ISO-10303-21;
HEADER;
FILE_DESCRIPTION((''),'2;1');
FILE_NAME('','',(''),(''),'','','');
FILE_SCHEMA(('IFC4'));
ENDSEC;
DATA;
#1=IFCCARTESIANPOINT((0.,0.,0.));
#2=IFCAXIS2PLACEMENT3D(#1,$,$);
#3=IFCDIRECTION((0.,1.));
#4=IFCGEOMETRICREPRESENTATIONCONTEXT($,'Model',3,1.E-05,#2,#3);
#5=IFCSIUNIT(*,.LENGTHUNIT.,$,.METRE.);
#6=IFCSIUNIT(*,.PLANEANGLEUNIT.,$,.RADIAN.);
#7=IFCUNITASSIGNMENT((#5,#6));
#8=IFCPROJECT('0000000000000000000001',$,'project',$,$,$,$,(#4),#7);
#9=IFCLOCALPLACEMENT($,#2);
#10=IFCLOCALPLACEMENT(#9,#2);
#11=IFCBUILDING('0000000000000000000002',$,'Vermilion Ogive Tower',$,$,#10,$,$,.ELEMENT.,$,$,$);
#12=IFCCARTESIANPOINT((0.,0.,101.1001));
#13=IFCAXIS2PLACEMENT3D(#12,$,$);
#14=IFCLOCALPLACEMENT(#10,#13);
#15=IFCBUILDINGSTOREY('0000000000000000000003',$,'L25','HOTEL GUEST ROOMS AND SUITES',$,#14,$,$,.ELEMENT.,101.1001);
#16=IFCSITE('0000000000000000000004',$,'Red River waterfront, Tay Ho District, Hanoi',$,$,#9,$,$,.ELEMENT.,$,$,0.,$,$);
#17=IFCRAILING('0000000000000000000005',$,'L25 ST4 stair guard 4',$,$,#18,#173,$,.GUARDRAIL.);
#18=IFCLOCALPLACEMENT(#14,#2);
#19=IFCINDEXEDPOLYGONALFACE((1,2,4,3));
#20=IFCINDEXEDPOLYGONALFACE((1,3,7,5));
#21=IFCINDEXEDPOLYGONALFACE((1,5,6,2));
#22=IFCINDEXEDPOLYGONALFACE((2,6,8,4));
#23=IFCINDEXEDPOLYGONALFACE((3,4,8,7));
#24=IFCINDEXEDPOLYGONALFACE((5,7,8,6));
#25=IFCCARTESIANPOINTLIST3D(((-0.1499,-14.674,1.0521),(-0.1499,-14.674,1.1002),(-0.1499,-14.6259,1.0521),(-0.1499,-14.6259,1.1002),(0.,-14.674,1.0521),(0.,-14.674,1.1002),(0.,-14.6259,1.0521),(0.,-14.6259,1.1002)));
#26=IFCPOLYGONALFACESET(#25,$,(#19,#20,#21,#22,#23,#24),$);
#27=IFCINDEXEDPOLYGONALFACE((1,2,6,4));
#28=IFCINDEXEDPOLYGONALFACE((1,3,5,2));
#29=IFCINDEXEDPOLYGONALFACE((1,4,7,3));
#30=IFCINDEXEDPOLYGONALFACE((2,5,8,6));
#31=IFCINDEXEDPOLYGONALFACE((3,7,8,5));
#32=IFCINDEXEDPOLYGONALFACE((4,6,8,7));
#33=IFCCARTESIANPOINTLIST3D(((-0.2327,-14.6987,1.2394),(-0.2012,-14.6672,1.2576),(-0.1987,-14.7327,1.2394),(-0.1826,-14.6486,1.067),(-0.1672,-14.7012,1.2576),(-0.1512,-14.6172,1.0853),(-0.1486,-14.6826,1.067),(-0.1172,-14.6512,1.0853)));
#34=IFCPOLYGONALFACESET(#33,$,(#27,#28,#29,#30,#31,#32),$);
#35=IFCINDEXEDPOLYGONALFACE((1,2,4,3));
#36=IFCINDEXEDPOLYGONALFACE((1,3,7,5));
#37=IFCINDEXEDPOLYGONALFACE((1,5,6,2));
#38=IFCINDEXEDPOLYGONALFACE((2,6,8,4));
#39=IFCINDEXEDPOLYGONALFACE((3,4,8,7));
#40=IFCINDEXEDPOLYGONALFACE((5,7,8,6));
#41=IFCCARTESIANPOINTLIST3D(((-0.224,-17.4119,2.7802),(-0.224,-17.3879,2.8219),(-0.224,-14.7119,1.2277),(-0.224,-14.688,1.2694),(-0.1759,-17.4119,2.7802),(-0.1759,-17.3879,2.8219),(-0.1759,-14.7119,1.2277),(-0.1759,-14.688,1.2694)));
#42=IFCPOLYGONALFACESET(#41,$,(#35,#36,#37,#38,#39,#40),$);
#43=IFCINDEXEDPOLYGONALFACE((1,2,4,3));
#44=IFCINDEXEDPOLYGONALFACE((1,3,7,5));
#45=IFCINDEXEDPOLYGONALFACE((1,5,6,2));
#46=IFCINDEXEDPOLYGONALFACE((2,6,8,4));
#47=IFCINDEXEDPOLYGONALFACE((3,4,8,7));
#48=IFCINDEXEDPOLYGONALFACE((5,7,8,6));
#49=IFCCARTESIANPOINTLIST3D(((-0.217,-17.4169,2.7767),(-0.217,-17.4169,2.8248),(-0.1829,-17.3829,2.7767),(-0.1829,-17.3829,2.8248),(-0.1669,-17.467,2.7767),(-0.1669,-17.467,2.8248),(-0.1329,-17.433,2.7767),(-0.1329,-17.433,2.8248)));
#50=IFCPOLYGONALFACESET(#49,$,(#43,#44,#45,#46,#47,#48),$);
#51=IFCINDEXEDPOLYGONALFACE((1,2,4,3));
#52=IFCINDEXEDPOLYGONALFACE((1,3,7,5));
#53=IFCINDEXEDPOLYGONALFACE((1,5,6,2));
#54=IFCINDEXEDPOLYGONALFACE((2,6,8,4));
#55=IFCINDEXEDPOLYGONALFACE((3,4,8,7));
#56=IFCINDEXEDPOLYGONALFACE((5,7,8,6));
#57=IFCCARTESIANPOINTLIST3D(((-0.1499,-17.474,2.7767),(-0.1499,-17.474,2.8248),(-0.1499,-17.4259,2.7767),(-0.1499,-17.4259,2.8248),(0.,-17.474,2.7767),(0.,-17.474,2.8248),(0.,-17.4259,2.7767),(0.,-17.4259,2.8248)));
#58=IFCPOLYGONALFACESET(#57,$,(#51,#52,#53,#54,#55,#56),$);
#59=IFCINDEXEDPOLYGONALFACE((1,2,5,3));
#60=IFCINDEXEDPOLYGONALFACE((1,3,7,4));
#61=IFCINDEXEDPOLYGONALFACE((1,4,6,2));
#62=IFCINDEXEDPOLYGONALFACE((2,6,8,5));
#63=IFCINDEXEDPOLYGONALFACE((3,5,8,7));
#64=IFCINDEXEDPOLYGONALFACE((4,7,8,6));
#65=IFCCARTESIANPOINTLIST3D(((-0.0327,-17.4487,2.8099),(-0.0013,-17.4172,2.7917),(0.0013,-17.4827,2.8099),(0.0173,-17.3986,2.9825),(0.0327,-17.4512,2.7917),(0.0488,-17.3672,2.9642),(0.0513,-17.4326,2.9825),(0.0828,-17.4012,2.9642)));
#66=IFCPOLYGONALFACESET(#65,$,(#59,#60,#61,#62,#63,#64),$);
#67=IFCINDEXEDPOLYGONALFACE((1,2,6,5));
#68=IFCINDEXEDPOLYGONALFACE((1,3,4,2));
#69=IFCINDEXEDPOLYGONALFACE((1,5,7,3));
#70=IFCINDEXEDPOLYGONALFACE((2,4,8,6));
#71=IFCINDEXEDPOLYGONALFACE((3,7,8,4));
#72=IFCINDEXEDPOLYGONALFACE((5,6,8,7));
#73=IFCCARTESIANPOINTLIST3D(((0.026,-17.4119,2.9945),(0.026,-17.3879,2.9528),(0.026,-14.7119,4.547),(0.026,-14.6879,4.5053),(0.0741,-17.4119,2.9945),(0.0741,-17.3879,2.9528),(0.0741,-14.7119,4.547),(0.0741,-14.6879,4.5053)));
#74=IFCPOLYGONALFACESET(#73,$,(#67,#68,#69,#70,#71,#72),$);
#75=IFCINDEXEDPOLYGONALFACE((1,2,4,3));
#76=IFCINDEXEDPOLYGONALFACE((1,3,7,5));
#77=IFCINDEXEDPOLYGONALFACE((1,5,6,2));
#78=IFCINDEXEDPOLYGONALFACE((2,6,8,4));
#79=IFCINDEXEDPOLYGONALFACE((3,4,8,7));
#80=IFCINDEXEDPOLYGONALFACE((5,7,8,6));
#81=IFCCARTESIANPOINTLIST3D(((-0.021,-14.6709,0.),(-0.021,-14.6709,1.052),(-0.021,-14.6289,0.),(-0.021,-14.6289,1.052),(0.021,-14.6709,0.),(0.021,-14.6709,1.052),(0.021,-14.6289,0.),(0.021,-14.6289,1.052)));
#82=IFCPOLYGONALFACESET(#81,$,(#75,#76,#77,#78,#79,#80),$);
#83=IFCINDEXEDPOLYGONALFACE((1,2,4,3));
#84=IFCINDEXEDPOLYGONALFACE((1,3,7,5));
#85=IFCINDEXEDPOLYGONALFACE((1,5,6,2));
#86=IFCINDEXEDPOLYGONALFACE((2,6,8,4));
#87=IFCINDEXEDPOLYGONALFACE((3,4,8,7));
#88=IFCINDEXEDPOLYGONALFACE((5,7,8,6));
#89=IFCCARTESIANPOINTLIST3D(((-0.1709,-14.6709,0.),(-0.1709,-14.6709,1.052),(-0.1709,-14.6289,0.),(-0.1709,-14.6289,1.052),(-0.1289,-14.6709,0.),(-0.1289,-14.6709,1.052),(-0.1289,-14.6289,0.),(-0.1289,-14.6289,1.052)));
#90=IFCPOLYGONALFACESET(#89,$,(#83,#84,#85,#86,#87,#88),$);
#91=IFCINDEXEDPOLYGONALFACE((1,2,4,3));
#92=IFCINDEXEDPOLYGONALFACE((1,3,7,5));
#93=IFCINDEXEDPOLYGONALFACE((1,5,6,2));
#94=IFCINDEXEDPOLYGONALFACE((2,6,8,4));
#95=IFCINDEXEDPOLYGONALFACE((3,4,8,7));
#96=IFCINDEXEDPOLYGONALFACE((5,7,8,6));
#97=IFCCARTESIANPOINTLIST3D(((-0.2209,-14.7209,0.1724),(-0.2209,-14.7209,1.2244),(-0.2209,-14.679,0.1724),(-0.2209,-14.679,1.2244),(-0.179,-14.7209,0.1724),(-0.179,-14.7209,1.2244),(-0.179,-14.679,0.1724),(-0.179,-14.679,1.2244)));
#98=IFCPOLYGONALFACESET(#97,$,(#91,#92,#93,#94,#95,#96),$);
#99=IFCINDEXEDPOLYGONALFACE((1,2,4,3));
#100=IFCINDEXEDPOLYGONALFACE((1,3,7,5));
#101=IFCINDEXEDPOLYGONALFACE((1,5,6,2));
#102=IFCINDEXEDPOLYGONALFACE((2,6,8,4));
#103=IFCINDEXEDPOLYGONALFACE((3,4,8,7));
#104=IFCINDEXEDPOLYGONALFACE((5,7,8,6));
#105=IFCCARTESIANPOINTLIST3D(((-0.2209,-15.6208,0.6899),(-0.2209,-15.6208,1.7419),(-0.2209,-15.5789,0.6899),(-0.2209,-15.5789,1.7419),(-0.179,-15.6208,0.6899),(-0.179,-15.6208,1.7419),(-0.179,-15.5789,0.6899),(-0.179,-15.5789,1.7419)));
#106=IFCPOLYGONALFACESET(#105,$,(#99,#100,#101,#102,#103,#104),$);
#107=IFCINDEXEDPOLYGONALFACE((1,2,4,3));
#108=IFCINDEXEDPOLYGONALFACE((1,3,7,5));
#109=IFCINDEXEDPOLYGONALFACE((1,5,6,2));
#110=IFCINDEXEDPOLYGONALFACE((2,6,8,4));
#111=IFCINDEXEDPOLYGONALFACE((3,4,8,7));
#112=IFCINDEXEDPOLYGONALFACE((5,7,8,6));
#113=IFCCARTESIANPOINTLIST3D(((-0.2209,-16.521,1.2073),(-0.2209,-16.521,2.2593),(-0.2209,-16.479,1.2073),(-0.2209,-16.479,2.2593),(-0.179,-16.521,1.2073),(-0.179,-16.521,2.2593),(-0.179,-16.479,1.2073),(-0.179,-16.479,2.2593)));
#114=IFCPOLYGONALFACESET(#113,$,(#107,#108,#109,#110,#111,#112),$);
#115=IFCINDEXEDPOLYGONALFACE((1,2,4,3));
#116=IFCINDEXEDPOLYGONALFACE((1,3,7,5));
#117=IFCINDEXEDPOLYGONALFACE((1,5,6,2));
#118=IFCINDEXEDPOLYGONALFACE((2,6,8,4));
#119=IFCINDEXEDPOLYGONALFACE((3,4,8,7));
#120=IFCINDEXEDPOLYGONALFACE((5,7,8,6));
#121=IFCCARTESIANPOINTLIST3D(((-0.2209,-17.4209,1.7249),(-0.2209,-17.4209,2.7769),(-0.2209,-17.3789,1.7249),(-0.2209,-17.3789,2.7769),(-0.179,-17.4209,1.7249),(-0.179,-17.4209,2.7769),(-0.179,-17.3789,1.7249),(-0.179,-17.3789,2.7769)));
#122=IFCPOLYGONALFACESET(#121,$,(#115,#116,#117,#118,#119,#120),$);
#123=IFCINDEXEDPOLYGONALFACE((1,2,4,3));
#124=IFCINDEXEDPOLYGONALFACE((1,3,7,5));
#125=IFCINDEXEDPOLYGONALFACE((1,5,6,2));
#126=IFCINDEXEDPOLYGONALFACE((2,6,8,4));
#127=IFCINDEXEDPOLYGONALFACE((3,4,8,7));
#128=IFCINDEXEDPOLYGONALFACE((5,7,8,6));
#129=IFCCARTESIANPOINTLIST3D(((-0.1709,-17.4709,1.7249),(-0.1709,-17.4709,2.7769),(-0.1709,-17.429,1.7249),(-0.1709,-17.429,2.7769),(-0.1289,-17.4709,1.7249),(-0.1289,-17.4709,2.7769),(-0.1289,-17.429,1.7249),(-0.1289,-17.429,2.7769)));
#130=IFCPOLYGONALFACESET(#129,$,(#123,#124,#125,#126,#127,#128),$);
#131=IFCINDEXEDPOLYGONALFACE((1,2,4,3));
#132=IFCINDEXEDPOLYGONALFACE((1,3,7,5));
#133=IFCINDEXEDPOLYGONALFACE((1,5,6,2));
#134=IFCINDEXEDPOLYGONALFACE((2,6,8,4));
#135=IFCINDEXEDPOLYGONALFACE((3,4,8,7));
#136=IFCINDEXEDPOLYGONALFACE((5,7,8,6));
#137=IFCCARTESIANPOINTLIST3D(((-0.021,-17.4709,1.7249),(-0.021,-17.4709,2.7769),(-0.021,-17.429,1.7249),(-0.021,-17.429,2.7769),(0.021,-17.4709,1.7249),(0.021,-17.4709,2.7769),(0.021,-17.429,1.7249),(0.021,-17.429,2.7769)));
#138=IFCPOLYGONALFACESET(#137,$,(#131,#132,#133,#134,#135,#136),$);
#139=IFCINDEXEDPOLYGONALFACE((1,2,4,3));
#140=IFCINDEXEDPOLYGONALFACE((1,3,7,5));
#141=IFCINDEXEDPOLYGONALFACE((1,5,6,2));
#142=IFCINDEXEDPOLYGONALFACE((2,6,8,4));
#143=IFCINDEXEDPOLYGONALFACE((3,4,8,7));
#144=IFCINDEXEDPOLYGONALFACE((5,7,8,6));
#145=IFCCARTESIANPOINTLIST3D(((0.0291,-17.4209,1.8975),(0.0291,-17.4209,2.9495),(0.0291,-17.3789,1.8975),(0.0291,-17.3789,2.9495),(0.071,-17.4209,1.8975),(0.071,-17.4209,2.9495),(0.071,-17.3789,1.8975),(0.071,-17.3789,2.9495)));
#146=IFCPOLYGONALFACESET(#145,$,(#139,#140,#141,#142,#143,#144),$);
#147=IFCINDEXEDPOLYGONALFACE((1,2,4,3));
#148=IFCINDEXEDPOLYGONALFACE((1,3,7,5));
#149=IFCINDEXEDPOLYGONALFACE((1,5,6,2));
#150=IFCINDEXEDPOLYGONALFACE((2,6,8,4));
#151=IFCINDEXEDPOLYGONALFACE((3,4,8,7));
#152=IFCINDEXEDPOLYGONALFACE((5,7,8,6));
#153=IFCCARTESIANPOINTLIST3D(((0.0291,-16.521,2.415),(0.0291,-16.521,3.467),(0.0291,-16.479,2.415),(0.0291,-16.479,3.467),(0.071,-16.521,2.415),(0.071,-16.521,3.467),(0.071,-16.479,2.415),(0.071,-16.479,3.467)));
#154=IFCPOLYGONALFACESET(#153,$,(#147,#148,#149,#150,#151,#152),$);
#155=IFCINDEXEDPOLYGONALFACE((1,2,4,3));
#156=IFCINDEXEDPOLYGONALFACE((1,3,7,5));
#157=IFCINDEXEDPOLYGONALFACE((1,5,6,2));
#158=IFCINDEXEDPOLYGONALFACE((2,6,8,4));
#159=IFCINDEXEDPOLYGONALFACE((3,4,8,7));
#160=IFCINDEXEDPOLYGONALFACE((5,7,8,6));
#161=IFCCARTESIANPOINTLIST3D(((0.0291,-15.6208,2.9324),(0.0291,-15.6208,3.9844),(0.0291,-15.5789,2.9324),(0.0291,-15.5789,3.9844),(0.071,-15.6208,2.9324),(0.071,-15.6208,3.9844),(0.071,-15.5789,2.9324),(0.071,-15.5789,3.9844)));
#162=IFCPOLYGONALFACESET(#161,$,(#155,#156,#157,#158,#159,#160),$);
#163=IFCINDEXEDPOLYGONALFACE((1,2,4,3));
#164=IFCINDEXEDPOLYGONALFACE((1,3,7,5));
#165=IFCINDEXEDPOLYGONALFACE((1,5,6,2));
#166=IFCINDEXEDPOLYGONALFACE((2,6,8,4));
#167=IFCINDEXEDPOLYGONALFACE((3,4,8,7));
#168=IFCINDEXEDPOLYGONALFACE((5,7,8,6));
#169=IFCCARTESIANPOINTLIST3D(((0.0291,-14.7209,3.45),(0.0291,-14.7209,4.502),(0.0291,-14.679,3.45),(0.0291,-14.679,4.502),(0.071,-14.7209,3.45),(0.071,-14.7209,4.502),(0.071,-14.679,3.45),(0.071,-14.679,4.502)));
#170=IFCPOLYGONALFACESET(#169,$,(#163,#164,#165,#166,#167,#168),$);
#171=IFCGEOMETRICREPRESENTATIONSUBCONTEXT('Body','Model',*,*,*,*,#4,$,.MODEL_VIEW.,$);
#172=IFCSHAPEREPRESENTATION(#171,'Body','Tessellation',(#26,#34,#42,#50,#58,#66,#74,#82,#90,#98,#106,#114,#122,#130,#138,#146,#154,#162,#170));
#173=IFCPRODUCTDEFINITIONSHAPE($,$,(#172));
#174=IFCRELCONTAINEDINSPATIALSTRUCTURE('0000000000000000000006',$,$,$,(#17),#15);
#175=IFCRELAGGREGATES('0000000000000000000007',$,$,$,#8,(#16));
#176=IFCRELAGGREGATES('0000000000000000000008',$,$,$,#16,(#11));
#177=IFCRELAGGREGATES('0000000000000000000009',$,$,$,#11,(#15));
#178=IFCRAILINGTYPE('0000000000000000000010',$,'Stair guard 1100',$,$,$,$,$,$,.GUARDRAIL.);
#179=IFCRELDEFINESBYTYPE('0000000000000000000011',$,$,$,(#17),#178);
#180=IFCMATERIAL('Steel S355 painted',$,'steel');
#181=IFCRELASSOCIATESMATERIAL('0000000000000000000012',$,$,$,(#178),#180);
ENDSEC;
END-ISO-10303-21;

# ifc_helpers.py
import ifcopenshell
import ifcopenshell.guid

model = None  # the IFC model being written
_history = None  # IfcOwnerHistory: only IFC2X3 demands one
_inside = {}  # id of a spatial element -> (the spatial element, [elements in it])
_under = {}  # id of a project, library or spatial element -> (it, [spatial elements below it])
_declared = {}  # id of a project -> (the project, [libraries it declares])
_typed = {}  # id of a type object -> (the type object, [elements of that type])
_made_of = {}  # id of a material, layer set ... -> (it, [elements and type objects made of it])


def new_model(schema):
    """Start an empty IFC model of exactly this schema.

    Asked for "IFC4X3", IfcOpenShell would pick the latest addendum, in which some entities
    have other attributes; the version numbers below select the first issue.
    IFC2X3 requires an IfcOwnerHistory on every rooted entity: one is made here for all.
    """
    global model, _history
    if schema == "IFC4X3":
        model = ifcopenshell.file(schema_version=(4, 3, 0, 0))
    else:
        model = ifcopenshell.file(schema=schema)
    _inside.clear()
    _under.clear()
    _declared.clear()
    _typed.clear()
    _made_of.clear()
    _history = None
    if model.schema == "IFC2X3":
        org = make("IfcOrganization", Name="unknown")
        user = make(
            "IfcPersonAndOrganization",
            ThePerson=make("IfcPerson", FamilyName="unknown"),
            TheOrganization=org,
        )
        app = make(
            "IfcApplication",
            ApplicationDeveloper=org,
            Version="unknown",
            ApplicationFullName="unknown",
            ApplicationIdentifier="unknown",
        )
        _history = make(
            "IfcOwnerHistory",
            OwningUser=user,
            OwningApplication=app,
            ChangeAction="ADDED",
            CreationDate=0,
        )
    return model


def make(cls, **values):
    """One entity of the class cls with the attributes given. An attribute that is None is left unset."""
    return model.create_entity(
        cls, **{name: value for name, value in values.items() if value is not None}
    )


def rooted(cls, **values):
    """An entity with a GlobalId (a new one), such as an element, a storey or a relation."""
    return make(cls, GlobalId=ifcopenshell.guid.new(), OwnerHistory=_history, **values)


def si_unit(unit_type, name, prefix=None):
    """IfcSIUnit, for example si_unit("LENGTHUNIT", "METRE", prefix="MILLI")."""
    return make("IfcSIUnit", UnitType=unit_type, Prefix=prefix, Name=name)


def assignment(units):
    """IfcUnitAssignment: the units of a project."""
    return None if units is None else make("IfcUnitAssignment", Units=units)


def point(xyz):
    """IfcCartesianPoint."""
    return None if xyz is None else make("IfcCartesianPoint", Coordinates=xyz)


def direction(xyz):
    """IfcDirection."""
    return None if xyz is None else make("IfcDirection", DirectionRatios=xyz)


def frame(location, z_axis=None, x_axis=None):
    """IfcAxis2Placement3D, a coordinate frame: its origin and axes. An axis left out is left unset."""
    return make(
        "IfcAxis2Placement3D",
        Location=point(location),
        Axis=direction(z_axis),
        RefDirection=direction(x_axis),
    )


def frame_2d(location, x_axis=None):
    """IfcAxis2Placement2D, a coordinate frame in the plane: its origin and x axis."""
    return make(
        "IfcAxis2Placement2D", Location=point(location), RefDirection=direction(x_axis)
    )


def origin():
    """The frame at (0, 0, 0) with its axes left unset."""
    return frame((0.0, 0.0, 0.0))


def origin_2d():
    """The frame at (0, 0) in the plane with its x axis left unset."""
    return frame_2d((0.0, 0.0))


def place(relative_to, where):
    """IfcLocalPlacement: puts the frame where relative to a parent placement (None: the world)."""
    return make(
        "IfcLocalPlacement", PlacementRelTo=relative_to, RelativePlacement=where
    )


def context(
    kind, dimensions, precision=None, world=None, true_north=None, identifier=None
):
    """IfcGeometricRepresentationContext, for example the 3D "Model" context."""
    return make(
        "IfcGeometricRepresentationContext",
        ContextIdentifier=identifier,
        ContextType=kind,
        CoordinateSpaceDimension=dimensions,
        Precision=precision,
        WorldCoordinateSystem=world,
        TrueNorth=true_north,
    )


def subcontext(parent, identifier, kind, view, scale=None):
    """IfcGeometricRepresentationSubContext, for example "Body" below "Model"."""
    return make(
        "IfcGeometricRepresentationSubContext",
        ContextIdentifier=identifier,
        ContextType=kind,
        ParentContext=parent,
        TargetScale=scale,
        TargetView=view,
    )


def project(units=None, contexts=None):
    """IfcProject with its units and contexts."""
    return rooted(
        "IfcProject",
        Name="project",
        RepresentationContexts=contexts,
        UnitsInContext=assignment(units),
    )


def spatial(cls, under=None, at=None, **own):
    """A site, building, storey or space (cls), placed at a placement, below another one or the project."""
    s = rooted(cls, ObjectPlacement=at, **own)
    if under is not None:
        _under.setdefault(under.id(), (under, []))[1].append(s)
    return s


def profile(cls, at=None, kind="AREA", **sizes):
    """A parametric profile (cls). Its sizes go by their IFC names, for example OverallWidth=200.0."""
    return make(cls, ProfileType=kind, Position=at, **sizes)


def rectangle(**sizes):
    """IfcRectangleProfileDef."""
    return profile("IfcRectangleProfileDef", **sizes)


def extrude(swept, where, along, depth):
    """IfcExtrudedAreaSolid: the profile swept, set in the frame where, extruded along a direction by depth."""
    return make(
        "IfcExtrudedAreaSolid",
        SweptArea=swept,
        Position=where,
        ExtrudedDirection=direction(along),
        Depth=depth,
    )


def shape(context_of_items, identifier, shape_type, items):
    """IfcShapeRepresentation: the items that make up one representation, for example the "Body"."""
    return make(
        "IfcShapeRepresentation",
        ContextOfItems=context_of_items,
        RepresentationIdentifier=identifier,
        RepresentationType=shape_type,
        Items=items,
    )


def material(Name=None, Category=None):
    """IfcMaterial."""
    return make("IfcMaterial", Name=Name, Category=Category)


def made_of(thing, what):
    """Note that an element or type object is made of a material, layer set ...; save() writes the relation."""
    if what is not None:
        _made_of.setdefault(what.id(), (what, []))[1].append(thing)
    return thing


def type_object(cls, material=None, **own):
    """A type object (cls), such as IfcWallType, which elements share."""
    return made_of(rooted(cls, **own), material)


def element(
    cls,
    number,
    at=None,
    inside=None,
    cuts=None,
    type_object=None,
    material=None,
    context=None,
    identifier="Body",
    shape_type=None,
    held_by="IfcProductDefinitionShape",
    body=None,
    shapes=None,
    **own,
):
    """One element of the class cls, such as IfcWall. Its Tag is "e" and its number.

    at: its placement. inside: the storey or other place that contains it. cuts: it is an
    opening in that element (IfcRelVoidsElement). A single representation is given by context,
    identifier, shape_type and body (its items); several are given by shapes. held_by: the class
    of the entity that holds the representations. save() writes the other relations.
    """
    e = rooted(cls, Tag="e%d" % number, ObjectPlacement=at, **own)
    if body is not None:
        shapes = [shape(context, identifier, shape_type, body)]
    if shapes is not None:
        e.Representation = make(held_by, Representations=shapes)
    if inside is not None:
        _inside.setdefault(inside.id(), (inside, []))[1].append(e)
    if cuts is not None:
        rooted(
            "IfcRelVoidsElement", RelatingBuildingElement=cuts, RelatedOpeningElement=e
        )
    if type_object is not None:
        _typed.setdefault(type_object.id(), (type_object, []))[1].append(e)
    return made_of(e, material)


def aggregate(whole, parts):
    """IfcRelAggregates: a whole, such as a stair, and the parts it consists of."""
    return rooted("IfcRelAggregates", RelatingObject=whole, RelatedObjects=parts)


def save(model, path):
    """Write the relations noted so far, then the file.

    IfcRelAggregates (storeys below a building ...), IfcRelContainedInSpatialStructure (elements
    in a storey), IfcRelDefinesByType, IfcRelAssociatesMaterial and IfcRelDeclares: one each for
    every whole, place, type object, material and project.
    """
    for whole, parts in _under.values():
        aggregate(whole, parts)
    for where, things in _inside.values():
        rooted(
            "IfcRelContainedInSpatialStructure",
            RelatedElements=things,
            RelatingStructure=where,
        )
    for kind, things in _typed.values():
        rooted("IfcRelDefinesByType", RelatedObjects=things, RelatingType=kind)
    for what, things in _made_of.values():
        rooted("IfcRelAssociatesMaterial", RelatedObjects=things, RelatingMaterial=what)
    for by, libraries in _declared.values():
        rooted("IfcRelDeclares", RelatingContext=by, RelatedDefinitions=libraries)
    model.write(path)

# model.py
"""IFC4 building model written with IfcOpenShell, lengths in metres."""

from ifc_helpers import new_model, si_unit, direction, frame, origin, origin_2d, place, context, subcontext, project, spatial, rectangle, extrude, material, type_object, element, save


model = new_model("IFC4")

# Units and contexts
model_context = context("Model", 3, precision=1e-05, world=origin(), true_north=direction((0.0, 1.0)))
body_context = subcontext(model_context, "Body", "Model", "MODEL_VIEW")
ifc_project = project(units=[si_unit("LENGTHUNIT", "METRE"), si_unit("PLANEANGLEUNIT", "RADIAN")], contexts=[model_context])

# Site, building, storey
site_placement = place(None, origin())
site = spatial("IfcSite", under=ifc_project, at=site_placement, Name="Red River waterfront, Tay Ho District, Hanoi", CompositionType="ELEMENT", RefElevation=0.0)
building_placement = place(site_placement, origin())
building = spatial("IfcBuilding", under=site, at=building_placement, Name="Vermilion Ogive Tower", CompositionType="ELEMENT")
storey_placement = place(building_placement, frame((0.0, 0.0, 101.1001)))
storey = spatial("IfcBuildingStorey", under=building, at=storey_placement, Name="L25", Description="HOTEL GUEST ROOMS AND SUITES", CompositionType="ELEMENT", Elevation=101.1001)

# Railing
ifc_material_1 = material(Name="Steel S355 painted", Category="steel")
railing_type_1 = type_object("IfcRailingType", Name="Stair guard 1100", PredefinedType="GUARDRAIL", material=ifc_material_1)
railing_1_placement = place(storey_placement, frame((0.0, -14.6499, 0.0)))
element("IfcRailing", 1, at=railing_1_placement, inside=storey, type_object=railing_type_1, Name="L25 ST4 stair guard 4", PredefinedType="GUARDRAIL", context=body_context, shape_type="SweptSolid", body=[
    extrude(rectangle(XDim=0.0481, YDim=0.0481, at=origin_2d()), frame((0.0, 0.0, 1.0762), z_axis=(-1.0, 0.0, 0.0), x_axis=(0.0, -1.0, 0.0)), (0.0, 0.0, 1.0), 0.1499),
    extrude(rectangle(XDim=0.0481, YDim=0.0481, at=origin_2d()), frame((-0.1499, 0.0, 1.0762), z_axis=(-0.268603, -0.268603, 0.925043), x_axis=(0.707107, -0.707107, 0.0)), (0.0, 0.0, 1.0), 0.1863),
    extrude(rectangle(XDim=0.0481, YDim=0.0481, at=origin_2d()), frame((-0.2, -0.05, 1.2485), z_axis=(0.0, -0.866904, 0.498476), x_axis=(1.0, 0.0, 0.0)), (0.0, 0.0, 1.0), 3.1145),
    extrude(rectangle(XDim=0.0481, YDim=0.0481, at=origin_2d()), frame((-0.2, -2.75, 2.8008), z_axis=(0.707107, -0.707107, 0.0), x_axis=(0.707107, 0.707107, 0.0)), (0.0, 0.0, 1.0), 0.0708),
    extrude(rectangle(XDim=0.0481, YDim=0.0481, at=origin_2d()), frame((-0.1499, -2.8, 2.8008), z_axis=(1.0, 0.0, 0.0), x_axis=(0.0, 1.0, 0.0)), (0.0, 0.0, 1.0), 0.1499),
    extrude(rectangle(XDim=0.0481, YDim=0.0481, at=origin_2d()), frame((0.0, -2.8, 2.8008), z_axis=(0.268278, 0.268278, 0.925232), x_axis=(-0.707107, 0.707107, 0.0)), (0.0, 0.0, 1.0), 0.1865),
    extrude(rectangle(XDim=0.0481, YDim=0.0481, at=origin_2d()), frame((0.05, -2.75, 2.9736), z_axis=(0.0, 0.866904, 0.498476), x_axis=(-1.0, 0.0, 0.0)), (0.0, 0.0, 1.0), 3.1145),
    extrude(rectangle(XDim=0.042, YDim=0.042, at=origin_2d()), origin(), (0.0, 0.0, 1.0), 1.052),
    extrude(rectangle(XDim=0.042, YDim=0.042, at=origin_2d()), frame((-0.1499, 0.0, 0.0)), (0.0, 0.0, 1.0), 1.052),
    extrude(rectangle(XDim=0.042, YDim=0.042, at=origin_2d()), frame((-0.2, -0.05, 0.1724)), (0.0, 0.0, 1.0), 1.052),
    extrude(rectangle(XDim=0.042, YDim=0.042, at=origin_2d()), frame((-0.2, -0.95, 0.6899)), (0.0, 0.0, 1.0), 1.052),
    extrude(rectangle(XDim=0.042, YDim=0.042, at=origin_2d()), frame((-0.2, -1.8501, 1.2073)), (0.0, 0.0, 1.0), 1.052),
    extrude(rectangle(XDim=0.042, YDim=0.042, at=origin_2d()), frame((-0.2, -2.75, 1.7249)), (0.0, 0.0, 1.0), 1.052),
    extrude(rectangle(XDim=0.042, YDim=0.042, at=origin_2d()), frame((-0.1499, -2.8, 1.7249)), (0.0, 0.0, 1.0), 1.052),
    extrude(rectangle(XDim=0.042, YDim=0.042, at=origin_2d()), frame((0.0, -2.8, 1.7249)), (0.0, 0.0, 1.0), 1.052),
    extrude(rectangle(XDim=0.042, YDim=0.042, at=origin_2d()), frame((0.05, -2.75, 1.8975)), (0.0, 0.0, 1.0), 1.052),
    extrude(rectangle(XDim=0.042, YDim=0.042, at=origin_2d()), frame((0.05, -1.8501, 2.415)), (0.0, 0.0, 1.0), 1.052),
    extrude(rectangle(XDim=0.042, YDim=0.042, at=origin_2d()), frame((0.05, -0.95, 2.9324)), (0.0, 0.0, 1.0), 1.052),
    extrude(rectangle(XDim=0.042, YDim=0.042, at=origin_2d()), frame((0.05, -0.05, 3.45)), (0.0, 0.0, 1.0), 1.052),
])

save(model, "model.ifc")
